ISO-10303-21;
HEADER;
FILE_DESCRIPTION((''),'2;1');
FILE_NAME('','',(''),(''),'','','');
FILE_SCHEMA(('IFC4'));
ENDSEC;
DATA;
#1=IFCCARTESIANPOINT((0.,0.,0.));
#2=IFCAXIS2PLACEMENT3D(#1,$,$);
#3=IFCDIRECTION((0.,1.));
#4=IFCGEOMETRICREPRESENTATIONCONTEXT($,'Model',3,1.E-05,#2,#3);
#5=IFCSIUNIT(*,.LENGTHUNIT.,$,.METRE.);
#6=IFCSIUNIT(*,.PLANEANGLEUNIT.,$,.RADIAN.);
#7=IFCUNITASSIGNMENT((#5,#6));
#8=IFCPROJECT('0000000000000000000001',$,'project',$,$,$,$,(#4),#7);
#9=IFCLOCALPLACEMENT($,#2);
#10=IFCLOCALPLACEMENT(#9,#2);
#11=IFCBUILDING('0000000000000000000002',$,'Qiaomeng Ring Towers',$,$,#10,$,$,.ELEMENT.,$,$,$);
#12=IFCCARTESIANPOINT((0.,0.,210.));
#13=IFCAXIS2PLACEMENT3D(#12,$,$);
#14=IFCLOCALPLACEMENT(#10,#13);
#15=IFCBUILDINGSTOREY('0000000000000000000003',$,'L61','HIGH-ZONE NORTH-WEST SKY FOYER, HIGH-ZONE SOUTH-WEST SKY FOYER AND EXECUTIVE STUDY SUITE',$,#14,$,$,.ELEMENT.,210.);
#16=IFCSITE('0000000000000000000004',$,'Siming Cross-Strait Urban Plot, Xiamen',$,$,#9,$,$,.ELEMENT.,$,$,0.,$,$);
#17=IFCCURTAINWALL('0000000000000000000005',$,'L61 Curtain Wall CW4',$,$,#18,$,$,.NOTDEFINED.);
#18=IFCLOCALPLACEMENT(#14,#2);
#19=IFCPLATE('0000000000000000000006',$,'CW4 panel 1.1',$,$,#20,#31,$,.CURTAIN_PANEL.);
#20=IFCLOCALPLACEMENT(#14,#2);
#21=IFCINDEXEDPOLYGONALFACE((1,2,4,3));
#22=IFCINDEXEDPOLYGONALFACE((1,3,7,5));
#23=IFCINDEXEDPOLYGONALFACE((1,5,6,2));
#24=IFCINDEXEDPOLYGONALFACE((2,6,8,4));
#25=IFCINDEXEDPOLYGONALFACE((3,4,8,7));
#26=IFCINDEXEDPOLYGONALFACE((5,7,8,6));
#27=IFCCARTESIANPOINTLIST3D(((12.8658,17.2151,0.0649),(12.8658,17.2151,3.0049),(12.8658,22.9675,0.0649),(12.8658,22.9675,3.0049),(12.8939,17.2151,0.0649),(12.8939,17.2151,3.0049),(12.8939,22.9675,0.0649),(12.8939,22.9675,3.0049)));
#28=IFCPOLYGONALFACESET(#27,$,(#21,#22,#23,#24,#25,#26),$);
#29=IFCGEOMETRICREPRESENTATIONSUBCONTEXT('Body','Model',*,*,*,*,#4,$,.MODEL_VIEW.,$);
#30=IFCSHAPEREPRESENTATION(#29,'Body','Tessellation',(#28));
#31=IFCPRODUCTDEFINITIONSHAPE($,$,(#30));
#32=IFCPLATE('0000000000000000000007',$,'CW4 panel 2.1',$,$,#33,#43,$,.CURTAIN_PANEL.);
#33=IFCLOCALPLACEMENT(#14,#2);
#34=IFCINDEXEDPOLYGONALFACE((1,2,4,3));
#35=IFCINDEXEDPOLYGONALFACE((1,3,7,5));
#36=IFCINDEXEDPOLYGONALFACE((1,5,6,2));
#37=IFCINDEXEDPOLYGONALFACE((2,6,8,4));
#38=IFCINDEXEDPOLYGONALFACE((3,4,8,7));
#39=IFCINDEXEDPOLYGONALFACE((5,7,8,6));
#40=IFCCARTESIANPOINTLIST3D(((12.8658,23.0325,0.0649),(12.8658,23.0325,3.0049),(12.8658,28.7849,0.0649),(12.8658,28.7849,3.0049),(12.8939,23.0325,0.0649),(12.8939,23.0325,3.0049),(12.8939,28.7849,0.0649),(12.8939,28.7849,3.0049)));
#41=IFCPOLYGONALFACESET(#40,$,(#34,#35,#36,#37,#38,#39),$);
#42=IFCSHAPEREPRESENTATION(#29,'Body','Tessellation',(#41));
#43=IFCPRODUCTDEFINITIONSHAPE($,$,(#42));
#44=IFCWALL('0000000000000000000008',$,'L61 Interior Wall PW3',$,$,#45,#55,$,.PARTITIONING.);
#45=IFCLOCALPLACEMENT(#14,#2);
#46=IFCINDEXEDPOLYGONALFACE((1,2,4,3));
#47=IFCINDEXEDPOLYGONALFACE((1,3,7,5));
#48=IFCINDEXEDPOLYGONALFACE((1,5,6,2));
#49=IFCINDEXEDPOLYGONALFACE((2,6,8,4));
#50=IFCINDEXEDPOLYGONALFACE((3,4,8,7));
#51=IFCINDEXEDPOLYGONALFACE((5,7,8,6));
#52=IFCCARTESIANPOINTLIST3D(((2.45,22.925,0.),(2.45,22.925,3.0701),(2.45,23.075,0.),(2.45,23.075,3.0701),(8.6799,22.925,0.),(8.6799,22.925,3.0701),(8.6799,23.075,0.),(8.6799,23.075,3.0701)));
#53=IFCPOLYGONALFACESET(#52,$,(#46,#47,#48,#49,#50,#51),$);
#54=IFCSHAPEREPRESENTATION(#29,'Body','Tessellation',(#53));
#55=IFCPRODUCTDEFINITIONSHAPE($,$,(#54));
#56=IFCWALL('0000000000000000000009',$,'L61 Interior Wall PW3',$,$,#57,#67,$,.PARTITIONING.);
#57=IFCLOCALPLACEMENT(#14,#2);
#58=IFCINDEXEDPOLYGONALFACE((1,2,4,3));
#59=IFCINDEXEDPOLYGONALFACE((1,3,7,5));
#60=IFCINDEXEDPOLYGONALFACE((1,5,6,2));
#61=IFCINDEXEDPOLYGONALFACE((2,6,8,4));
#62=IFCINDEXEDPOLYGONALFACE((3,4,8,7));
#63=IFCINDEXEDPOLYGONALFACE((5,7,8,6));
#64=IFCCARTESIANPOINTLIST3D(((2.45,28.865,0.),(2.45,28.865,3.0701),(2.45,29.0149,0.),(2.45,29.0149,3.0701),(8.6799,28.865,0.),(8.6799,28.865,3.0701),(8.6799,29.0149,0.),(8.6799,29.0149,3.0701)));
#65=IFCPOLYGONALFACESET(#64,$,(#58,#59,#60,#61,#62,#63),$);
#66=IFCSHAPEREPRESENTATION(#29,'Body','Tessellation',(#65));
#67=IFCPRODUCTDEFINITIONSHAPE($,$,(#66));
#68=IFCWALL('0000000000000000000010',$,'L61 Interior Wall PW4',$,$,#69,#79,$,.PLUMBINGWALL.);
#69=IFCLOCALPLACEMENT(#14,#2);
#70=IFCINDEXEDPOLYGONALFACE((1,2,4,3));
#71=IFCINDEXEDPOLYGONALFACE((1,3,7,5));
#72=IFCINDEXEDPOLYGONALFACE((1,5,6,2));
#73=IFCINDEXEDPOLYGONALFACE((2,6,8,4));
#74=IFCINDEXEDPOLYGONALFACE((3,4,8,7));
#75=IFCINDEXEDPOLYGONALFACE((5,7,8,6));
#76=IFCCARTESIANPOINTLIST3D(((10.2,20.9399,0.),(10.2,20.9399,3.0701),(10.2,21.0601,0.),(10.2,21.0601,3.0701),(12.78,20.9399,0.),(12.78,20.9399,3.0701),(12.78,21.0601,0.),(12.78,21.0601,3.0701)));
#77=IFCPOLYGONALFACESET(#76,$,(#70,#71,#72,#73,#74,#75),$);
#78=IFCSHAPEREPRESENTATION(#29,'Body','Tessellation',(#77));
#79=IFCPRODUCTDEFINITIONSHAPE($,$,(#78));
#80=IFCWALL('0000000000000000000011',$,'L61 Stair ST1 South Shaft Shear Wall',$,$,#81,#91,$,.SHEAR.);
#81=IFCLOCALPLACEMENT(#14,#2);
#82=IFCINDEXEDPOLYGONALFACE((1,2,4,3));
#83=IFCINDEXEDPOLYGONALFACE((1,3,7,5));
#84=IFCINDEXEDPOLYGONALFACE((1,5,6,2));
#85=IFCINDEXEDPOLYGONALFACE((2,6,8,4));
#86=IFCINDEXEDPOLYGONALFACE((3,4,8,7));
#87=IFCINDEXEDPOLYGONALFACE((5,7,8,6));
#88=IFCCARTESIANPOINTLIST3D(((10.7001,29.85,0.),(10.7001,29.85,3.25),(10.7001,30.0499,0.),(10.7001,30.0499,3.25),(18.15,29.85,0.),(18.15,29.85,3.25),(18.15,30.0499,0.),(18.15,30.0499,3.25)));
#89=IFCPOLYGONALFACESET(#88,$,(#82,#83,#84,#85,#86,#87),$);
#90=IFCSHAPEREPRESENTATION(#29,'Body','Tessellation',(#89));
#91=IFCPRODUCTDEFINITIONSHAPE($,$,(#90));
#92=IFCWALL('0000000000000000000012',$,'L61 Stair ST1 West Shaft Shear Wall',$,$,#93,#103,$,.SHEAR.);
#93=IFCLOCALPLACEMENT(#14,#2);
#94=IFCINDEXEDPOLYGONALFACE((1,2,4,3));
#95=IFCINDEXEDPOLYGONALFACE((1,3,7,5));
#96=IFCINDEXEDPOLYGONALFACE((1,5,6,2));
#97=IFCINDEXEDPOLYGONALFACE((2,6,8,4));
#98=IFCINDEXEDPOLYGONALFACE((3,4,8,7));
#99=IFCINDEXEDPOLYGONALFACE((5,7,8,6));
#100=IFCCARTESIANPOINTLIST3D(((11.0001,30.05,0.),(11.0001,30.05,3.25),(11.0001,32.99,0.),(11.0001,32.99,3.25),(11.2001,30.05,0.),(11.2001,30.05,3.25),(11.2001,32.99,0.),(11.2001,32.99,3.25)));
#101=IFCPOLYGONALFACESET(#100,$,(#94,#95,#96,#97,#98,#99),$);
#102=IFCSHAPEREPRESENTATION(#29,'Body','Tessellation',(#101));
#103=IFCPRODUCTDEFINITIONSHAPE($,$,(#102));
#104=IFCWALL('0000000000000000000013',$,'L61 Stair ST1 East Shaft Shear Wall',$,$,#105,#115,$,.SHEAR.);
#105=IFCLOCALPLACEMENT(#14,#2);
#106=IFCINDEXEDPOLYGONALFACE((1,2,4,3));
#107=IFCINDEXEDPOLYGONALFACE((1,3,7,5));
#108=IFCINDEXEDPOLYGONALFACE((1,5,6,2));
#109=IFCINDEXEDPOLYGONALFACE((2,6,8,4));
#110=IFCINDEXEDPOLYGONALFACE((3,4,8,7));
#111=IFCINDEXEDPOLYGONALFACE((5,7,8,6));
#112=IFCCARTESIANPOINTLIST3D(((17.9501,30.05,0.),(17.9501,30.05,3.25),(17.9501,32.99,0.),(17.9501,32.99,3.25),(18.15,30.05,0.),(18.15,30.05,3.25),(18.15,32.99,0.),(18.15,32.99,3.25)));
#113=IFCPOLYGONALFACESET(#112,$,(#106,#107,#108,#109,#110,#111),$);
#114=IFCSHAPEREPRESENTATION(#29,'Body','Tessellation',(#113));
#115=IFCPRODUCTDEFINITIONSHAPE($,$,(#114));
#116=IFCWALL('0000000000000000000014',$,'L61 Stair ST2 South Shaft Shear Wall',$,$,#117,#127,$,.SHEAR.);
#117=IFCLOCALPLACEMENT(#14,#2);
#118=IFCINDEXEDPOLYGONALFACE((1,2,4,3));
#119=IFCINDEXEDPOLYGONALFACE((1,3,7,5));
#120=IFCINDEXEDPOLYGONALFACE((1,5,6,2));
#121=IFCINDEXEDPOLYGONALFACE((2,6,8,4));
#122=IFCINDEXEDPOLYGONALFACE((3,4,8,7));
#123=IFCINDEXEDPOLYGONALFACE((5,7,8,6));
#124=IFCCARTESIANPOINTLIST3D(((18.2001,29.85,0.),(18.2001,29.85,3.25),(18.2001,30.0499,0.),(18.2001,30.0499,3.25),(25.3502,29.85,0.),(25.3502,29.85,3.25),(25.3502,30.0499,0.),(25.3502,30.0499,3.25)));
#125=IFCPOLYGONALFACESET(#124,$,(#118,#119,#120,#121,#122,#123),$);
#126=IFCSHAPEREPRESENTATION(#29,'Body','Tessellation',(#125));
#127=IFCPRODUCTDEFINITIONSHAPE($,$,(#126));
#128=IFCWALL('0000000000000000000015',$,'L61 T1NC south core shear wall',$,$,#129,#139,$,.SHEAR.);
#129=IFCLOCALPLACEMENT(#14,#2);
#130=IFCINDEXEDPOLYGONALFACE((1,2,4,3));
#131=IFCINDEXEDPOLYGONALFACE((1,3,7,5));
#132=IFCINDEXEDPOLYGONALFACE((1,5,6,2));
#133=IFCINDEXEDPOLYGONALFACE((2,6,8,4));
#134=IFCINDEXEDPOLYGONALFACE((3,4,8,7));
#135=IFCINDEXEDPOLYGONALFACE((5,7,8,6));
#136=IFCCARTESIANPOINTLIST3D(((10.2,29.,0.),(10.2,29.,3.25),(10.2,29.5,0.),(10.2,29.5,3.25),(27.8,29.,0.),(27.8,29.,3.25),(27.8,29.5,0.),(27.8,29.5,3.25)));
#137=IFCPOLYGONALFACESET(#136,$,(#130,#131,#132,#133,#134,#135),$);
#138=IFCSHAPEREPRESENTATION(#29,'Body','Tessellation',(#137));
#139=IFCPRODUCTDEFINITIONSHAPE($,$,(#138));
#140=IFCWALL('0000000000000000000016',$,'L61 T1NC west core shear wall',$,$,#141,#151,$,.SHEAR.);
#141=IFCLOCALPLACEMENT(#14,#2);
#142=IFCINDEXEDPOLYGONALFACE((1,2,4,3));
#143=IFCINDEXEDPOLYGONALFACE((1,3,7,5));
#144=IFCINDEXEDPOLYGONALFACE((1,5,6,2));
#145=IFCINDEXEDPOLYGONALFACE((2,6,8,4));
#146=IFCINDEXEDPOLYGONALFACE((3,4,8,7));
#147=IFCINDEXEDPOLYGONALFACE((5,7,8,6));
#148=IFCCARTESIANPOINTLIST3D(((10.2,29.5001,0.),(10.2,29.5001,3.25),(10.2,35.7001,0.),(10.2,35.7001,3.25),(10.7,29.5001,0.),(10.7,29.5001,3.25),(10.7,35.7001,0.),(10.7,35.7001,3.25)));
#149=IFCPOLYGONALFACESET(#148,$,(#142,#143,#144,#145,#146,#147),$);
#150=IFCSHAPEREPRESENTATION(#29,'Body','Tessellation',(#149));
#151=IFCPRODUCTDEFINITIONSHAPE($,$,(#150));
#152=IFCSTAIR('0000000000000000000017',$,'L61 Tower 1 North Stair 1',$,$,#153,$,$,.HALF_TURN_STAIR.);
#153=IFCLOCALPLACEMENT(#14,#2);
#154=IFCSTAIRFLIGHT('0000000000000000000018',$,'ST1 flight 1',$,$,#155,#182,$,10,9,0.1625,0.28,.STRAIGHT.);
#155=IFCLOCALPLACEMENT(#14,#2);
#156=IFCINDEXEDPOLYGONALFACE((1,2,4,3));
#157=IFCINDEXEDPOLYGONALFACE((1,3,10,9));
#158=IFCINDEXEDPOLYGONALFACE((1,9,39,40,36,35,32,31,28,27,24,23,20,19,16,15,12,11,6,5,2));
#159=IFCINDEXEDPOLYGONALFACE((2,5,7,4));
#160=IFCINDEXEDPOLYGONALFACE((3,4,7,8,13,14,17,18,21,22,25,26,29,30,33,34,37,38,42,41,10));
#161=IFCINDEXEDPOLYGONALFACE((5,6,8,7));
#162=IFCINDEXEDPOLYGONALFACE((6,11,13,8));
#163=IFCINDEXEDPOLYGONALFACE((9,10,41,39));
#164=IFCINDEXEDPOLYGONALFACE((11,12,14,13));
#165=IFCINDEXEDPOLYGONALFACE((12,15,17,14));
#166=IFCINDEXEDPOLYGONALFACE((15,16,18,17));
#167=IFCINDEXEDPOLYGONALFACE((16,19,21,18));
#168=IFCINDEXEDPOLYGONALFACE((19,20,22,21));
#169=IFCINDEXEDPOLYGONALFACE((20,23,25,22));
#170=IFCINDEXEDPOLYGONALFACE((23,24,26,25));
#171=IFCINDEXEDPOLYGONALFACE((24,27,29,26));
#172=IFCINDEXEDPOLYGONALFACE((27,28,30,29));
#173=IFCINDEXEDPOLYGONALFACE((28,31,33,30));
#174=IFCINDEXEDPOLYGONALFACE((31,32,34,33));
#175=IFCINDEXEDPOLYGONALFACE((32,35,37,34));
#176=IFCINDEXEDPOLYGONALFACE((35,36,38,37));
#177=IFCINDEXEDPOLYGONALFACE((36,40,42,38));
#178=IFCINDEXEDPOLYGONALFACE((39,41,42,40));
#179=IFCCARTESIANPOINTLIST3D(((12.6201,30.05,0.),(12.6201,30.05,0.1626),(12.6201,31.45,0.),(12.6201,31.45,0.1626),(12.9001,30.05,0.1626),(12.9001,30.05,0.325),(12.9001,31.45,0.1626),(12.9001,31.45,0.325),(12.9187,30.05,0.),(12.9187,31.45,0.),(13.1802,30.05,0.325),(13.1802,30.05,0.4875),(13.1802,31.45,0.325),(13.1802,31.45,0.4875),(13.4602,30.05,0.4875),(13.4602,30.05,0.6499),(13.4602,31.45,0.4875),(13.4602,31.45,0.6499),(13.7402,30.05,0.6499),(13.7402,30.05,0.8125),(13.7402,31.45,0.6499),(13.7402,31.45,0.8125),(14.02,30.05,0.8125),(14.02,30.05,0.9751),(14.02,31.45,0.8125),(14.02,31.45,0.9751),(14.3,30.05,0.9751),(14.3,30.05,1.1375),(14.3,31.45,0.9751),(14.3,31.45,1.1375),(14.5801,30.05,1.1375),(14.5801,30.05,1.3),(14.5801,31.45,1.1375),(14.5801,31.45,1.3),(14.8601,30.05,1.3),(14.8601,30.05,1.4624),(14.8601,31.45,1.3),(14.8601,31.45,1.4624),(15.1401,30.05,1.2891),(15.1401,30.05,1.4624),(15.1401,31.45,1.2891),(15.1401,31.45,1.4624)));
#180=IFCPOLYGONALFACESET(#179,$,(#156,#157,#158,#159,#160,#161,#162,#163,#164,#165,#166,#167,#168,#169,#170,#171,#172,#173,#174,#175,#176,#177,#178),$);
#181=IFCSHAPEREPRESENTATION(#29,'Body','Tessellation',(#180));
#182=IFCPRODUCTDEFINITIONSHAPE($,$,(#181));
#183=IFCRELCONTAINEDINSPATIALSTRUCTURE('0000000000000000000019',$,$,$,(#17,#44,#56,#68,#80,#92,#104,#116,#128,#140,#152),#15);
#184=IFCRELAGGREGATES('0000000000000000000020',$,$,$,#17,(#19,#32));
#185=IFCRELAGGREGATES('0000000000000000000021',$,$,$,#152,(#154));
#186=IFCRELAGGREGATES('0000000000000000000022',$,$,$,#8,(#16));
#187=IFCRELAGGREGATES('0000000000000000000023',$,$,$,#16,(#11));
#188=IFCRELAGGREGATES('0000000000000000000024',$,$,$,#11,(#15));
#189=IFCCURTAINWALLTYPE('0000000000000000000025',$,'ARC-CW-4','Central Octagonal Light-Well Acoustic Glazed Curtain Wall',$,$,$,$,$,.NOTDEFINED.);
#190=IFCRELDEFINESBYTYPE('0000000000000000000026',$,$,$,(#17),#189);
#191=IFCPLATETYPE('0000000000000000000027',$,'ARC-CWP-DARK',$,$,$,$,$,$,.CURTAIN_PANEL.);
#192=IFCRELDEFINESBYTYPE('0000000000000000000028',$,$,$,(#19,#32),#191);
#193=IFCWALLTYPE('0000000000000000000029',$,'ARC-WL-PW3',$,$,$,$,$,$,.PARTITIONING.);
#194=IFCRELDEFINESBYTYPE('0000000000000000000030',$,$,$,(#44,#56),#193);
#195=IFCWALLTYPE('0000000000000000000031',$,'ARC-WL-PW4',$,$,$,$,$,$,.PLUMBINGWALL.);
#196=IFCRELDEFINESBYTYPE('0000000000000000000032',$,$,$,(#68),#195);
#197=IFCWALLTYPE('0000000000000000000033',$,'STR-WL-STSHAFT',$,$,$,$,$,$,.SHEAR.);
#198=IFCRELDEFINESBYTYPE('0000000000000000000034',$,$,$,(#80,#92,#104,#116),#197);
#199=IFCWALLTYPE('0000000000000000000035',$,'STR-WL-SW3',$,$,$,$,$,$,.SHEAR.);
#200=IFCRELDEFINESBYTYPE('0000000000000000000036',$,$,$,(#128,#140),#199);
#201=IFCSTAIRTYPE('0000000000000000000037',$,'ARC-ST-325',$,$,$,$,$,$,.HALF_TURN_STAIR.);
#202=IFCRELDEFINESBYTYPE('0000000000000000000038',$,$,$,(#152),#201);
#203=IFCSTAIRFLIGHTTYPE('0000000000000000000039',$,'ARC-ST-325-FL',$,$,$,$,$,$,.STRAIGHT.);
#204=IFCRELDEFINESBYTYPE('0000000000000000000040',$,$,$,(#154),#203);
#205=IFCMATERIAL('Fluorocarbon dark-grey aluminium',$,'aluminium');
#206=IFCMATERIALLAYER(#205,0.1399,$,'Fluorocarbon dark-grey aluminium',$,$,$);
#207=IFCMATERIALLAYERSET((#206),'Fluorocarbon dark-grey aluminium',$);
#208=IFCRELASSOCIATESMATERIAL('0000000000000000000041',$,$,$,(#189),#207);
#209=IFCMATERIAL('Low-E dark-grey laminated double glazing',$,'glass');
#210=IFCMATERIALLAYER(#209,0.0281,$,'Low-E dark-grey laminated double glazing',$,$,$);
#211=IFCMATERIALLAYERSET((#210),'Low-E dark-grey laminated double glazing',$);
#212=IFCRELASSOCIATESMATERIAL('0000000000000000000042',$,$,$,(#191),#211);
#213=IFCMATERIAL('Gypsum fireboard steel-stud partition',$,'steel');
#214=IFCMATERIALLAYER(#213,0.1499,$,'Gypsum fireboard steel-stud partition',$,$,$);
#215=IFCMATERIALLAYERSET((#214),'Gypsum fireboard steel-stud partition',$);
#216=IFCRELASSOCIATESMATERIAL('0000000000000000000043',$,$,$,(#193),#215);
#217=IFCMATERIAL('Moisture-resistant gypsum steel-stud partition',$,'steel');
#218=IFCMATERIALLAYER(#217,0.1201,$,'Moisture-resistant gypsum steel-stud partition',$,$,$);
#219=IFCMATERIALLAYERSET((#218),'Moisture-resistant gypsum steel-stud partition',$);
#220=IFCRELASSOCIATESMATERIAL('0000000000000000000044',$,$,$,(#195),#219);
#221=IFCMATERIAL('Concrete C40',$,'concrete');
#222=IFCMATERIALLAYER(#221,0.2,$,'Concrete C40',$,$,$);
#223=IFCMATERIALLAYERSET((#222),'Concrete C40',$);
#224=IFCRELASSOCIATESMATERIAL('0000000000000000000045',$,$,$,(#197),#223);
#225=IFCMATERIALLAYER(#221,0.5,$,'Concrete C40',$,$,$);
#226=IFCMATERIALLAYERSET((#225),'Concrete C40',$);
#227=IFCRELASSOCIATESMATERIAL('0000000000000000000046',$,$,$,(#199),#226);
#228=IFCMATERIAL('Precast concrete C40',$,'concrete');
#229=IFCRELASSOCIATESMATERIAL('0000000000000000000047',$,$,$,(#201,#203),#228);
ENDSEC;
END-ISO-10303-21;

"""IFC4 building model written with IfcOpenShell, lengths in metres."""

from ifc_helpers import new_model, si_unit, direction, frame, frame_2d, origin, origin_2d, place, context, subcontext, project, spatial, polyline, rectangle, outline, extrude, source, transform, mapped, material, layer, layer_set, type_object, element, aggregate, save


model = new_model("IFC4")

# Units and contexts
model_context = context("Model", 3, precision=1e-05, world=origin(), true_north=direction((0.0, 1.0)))
body_context = subcontext(model_context, "Body", "Model", "MODEL_VIEW")
ifc_project = project(units=[si_unit("LENGTHUNIT", "METRE"), si_unit("PLANEANGLEUNIT", "RADIAN")], contexts=[model_context])

# Site, building, storey
site_placement = place(None, origin())
site = spatial("IfcSite", under=ifc_project, at=site_placement, Name="Siming Cross-Strait Urban Plot, Xiamen", CompositionType="ELEMENT", RefElevation=0.0)
building_placement = place(site_placement, origin())
building = spatial("IfcBuilding", under=site, at=building_placement, Name="Qiaomeng Ring Towers", CompositionType="ELEMENT")
storey_placement = place(building_placement, frame((0.0, 0.0, 210.0)))
storey = spatial("IfcBuildingStorey", under=building, at=storey_placement, Name="L61", Description="HIGH-ZONE NORTH-WEST SKY FOYER, HIGH-ZONE SOUTH-WEST SKY FOYER AND EXECUTIVE STUDY SUITE", CompositionType="ELEMENT", Elevation=210.0)

# Shared definitions
ifc_material_1 = material(Name="Concrete C40", Category="concrete")

# Curtain wall
ifc_material_2 = material(Name="Fluorocarbon dark-grey aluminium", Category="aluminium")
ifc_layer_1 = layer(ifc_material_2, 0.1399, Name="Fluorocarbon dark-grey aluminium")
ifc_layer_set_1 = layer_set([ifc_layer_1], Name="Fluorocarbon dark-grey aluminium")
curtain_wall_type = type_object("IfcCurtainWallType", Name="ARC-CW-4", Description="Central Octagonal Light-Well Acoustic Glazed Curtain Wall", PredefinedType="NOTDEFINED", material=ifc_layer_set_1)
curtain_wall_placement = place(storey_placement, origin())
curtain_wall = element("IfcCurtainWall", 1, at=curtain_wall_placement, inside=storey, type_object=curtain_wall_type, Name="L61 Curtain Wall CW4", PredefinedType="NOTDEFINED")

# Plates
ifc_material_3 = material(Name="Low-E dark-grey laminated double glazing", Category="glass")
ifc_layer_2 = layer(ifc_material_3, 0.0281, Name="Low-E dark-grey laminated double glazing")
ifc_layer_set_2 = layer_set([ifc_layer_2], Name="Low-E dark-grey laminated double glazing")
plate_type = type_object("IfcPlateType", Name="ARC-CWP-DARK", PredefinedType="CURTAIN_PANEL", material=ifc_layer_set_2)
shared_shape_1 = source(origin(), body_context, "Body", "SweptSolid", [
    extrude(rectangle(XDim=5.7524, YDim=0.0281, at=origin_2d()), origin(), (0.0, 0.0, 1.0), 2.9399),
])
plate_1_placement = place(storey_placement, frame((12.8799, 20.0913, 0.0649), z_axis=(0.0, 0.0, 1.0), x_axis=(0.0, 1.0, 0.0)))
plate_1 = element("IfcPlate", 2, at=plate_1_placement, type_object=plate_type, Name="CW4 panel 1.1", PredefinedType="CURTAIN_PANEL", context=body_context, shape_type="MappedRepresentation", body=[
    mapped(shared_shape_1, transform((0.0, 0.0, 0.0), x_axis=(1.0, 0.0, 0.0), y_axis=(0.0, 1.0, 0.0), z_axis=(0.0, 0.0, 1.0), scale=1.0)),
])
plate_2_placement = place(storey_placement, frame((12.8799, 25.9087, 0.0649), z_axis=(0.0, 0.0, 1.0), x_axis=(0.0, 1.0, 0.0)))
plate_2 = element("IfcPlate", 3, at=plate_2_placement, type_object=plate_type, Name="CW4 panel 2.1", PredefinedType="CURTAIN_PANEL", context=body_context, shape_type="MappedRepresentation", body=[
    mapped(shared_shape_1, transform((0.0, 0.0, 0.0), x_axis=(1.0, 0.0, 0.0), y_axis=(0.0, 1.0, 0.0), z_axis=(0.0, 0.0, 1.0), scale=1.0)),
])
aggregate(curtain_wall, [plate_1, plate_2])

# Walls
ifc_material_4 = material(Name="Gypsum fireboard steel-stud partition", Category="steel")
ifc_layer_3 = layer(ifc_material_4, 0.1499, Name="Gypsum fireboard steel-stud partition")
ifc_layer_set_3 = layer_set([ifc_layer_3], Name="Gypsum fireboard steel-stud partition")
wall_type_1 = type_object("IfcWallType", Name="ARC-WL-PW3", PredefinedType="PARTITIONING", material=ifc_layer_set_3)
for number, where, z_axis, x_axis, name in (
    (4, (2.45, 23.0, 0.0), (0.0, 0.0, 1.0), (1.0, 0.0, 0.0), "L61 Interior Wall PW3"),
    (5, (2.45, 28.9399, 0.0), (0.0, 0.0, 1.0), (1.0, 0.0, 0.0), "L61 Interior Wall PW3"),
):
    element("IfcWall", number, at=place(storey_placement, frame(where, z_axis=z_axis, x_axis=x_axis)), inside=storey, type_object=wall_type_1, Name=name, PredefinedType="PARTITIONING", context=body_context, shape_type="SweptSolid", body=[
        extrude(rectangle(XDim=6.23, YDim=0.1499, at=frame_2d((3.115, 0.0))), origin(), (0.0, 0.0, 1.0), 3.0701),
    ])
ifc_material_5 = material(Name="Moisture-resistant gypsum steel-stud partition", Category="steel")
ifc_layer_4 = layer(ifc_material_5, 0.1201, Name="Moisture-resistant gypsum steel-stud partition")
ifc_layer_set_4 = layer_set([ifc_layer_4], Name="Moisture-resistant gypsum steel-stud partition")
wall_type_2 = type_object("IfcWallType", Name="ARC-WL-PW4", PredefinedType="PLUMBINGWALL", material=ifc_layer_set_4)
wall_1_placement = place(storey_placement, frame((10.2, 21.0, 0.0), z_axis=(0.0, 0.0, 1.0), x_axis=(1.0, 0.0, 0.0)))
element("IfcWall", 6, at=wall_1_placement, inside=storey, type_object=wall_type_2, Name="L61 Interior Wall PW4", PredefinedType="PLUMBINGWALL", context=body_context, shape_type="SweptSolid", body=[
    extrude(rectangle(XDim=2.5801, YDim=0.1201, at=frame_2d((1.29, 0.0))), origin(), (0.0, 0.0, 1.0), 3.0701),
])
ifc_layer_5 = layer(ifc_material_1, 0.2, Name="Concrete C40")
ifc_layer_set_5 = layer_set([ifc_layer_5], Name="Concrete C40")
wall_type_3 = type_object("IfcWallType", Name="STR-WL-STSHAFT", PredefinedType="SHEAR", material=ifc_layer_set_5)
wall_2_placement = place(storey_placement, frame((10.7, 29.95, 0.0), z_axis=(0.0, 0.0, 1.0), x_axis=(1.0, 0.0, 0.0)))
element("IfcWall", 7, at=wall_2_placement, inside=storey, type_object=wall_type_3, Name="L61 Stair ST1 South Shaft Shear Wall", PredefinedType="SHEAR", context=body_context, shape_type="SweptSolid", body=[
    extrude(rectangle(XDim=7.45, YDim=0.2, at=frame_2d((3.7251, 0.0))), origin(), (0.0, 0.0, 1.0), 3.25),
])
for number, where, z_axis, x_axis, name in (
    (8, (11.1001, 30.05, 0.0), (0.0, 0.0, 1.0), (0.0, 1.0, 0.0), "L61 Stair ST1 West Shaft Shear Wall"),
    (9, (18.05, 30.05, 0.0), (0.0, 0.0, 1.0), (0.0, 1.0, 0.0), "L61 Stair ST1 East Shaft Shear Wall"),
):
    element("IfcWall", number, at=place(storey_placement, frame(where, z_axis=z_axis, x_axis=x_axis)), inside=storey, type_object=wall_type_3, Name=name, PredefinedType="SHEAR", context=body_context, shape_type="SweptSolid", body=[
        extrude(rectangle(XDim=2.9399, YDim=0.2, at=frame_2d((1.47, 0.0))), origin(), (0.0, 0.0, 1.0), 3.25),
    ])
wall_3_placement = place(storey_placement, frame((18.2, 29.95, 0.0), z_axis=(0.0, 0.0, 1.0), x_axis=(1.0, 0.0, 0.0)))
element("IfcWall", 10, at=wall_3_placement, inside=storey, type_object=wall_type_3, Name="L61 Stair ST2 South Shaft Shear Wall", PredefinedType="SHEAR", context=body_context, shape_type="SweptSolid", body=[
    extrude(rectangle(XDim=7.1501, YDim=0.2, at=frame_2d((3.5752, 0.0))), origin(), (0.0, 0.0, 1.0), 3.25),
])
ifc_layer_6 = layer(ifc_material_1, 0.5, Name="Concrete C40")
ifc_layer_set_6 = layer_set([ifc_layer_6], Name="Concrete C40")
wall_type_4 = type_object("IfcWallType", Name="STR-WL-SW3", PredefinedType="SHEAR", material=ifc_layer_set_6)
wall_4_placement = place(storey_placement, frame((10.2, 29.25, 0.0), z_axis=(0.0, 0.0, 1.0), x_axis=(1.0, 0.0, 0.0)))
element("IfcWall", 11, at=wall_4_placement, inside=storey, type_object=wall_type_4, Name="L61 T1NC south core shear wall", PredefinedType="SHEAR", context=body_context, shape_type="SweptSolid", body=[
    extrude(rectangle(XDim=17.6001, YDim=0.5, at=frame_2d((8.8, 0.0))), origin(), (0.0, 0.0, 1.0), 3.25),
])
wall_5_placement = place(storey_placement, frame((10.45, 29.5, 0.0), z_axis=(0.0, 0.0, 1.0), x_axis=(0.0, 1.0, 0.0)))
element("IfcWall", 12, at=wall_5_placement, inside=storey, type_object=wall_type_4, Name="L61 T1NC west core shear wall", PredefinedType="SHEAR", context=body_context, shape_type="SweptSolid", body=[
    extrude(rectangle(XDim=6.2, YDim=0.5, at=frame_2d((3.1001, 0.0))), origin(), (0.0, 0.0, 1.0), 3.25),
])

# Stair, stair flight
ifc_material_6 = material(Name="Precast concrete C40", Category="concrete")
stair_type = type_object("IfcStairType", Name="ARC-ST-325", PredefinedType="HALF_TURN_STAIR", material=ifc_material_6)
stair_placement = place(storey_placement, origin())
stair = element("IfcStair", 13, at=stair_placement, inside=storey, type_object=stair_type, Name="L61 Tower 1 North Stair 1", PredefinedType="HALF_TURN_STAIR")
stair_flight_type = type_object("IfcStairFlightType", Name="ARC-ST-325-FL", PredefinedType="STRAIGHT", material=ifc_material_6)
shared_shape_2 = source(origin(), body_context, "Body", "SweptSolid", [
    extrude(outline(polyline([(0.0, 0.0), (0.0, 0.1626), (0.28, 0.1626), (0.28, 0.325), (0.5601, 0.325), (0.5601, 0.4875), (0.8401, 0.4875), (0.8401, 0.6499), (1.1201, 0.6499), (1.1201, 0.8125), (1.3999, 0.8125), (1.3999, 0.9751), (1.6799, 0.9751), (1.6799, 1.1375), (1.96, 1.1375), (1.96, 1.3), (2.24, 1.3), (2.24, 1.4624), (2.52, 1.4624), (2.52, 1.625), (2.52, 1.2891), (0.2986, 0.0), (0.0, 0.0)])), frame((0.0, 0.7, 0.0), z_axis=(0.0, -1.0, 0.0), x_axis=(1.0, 0.0, 0.0)), (0.0, 0.0, 1.0), 1.3999),
])
stair_flight_placement = place(storey_placement, frame((12.6201, 30.75, 0.0), z_axis=(0.0, 0.0, 1.0), x_axis=(1.0, 0.0, 0.0)))
stair_flight = element("IfcStairFlight", 14, at=stair_flight_placement, type_object=stair_flight_type, Name="ST1 flight 1", NumberOfRisers=10, NumberOfTreads=9, PredefinedType="STRAIGHT", RiserHeight=0.1625, TreadLength=0.28, context=body_context, shape_type="MappedRepresentation", body=[
    mapped(shared_shape_2, transform((0.0, 0.0, 0.0), x_axis=(1.0, 0.0, 0.0), y_axis=(0.0, 1.0, 0.0), z_axis=(0.0, 0.0, 1.0), scale=1.0)),
])
aggregate(stair, [stair_flight])

save(model, "model.ifc")
